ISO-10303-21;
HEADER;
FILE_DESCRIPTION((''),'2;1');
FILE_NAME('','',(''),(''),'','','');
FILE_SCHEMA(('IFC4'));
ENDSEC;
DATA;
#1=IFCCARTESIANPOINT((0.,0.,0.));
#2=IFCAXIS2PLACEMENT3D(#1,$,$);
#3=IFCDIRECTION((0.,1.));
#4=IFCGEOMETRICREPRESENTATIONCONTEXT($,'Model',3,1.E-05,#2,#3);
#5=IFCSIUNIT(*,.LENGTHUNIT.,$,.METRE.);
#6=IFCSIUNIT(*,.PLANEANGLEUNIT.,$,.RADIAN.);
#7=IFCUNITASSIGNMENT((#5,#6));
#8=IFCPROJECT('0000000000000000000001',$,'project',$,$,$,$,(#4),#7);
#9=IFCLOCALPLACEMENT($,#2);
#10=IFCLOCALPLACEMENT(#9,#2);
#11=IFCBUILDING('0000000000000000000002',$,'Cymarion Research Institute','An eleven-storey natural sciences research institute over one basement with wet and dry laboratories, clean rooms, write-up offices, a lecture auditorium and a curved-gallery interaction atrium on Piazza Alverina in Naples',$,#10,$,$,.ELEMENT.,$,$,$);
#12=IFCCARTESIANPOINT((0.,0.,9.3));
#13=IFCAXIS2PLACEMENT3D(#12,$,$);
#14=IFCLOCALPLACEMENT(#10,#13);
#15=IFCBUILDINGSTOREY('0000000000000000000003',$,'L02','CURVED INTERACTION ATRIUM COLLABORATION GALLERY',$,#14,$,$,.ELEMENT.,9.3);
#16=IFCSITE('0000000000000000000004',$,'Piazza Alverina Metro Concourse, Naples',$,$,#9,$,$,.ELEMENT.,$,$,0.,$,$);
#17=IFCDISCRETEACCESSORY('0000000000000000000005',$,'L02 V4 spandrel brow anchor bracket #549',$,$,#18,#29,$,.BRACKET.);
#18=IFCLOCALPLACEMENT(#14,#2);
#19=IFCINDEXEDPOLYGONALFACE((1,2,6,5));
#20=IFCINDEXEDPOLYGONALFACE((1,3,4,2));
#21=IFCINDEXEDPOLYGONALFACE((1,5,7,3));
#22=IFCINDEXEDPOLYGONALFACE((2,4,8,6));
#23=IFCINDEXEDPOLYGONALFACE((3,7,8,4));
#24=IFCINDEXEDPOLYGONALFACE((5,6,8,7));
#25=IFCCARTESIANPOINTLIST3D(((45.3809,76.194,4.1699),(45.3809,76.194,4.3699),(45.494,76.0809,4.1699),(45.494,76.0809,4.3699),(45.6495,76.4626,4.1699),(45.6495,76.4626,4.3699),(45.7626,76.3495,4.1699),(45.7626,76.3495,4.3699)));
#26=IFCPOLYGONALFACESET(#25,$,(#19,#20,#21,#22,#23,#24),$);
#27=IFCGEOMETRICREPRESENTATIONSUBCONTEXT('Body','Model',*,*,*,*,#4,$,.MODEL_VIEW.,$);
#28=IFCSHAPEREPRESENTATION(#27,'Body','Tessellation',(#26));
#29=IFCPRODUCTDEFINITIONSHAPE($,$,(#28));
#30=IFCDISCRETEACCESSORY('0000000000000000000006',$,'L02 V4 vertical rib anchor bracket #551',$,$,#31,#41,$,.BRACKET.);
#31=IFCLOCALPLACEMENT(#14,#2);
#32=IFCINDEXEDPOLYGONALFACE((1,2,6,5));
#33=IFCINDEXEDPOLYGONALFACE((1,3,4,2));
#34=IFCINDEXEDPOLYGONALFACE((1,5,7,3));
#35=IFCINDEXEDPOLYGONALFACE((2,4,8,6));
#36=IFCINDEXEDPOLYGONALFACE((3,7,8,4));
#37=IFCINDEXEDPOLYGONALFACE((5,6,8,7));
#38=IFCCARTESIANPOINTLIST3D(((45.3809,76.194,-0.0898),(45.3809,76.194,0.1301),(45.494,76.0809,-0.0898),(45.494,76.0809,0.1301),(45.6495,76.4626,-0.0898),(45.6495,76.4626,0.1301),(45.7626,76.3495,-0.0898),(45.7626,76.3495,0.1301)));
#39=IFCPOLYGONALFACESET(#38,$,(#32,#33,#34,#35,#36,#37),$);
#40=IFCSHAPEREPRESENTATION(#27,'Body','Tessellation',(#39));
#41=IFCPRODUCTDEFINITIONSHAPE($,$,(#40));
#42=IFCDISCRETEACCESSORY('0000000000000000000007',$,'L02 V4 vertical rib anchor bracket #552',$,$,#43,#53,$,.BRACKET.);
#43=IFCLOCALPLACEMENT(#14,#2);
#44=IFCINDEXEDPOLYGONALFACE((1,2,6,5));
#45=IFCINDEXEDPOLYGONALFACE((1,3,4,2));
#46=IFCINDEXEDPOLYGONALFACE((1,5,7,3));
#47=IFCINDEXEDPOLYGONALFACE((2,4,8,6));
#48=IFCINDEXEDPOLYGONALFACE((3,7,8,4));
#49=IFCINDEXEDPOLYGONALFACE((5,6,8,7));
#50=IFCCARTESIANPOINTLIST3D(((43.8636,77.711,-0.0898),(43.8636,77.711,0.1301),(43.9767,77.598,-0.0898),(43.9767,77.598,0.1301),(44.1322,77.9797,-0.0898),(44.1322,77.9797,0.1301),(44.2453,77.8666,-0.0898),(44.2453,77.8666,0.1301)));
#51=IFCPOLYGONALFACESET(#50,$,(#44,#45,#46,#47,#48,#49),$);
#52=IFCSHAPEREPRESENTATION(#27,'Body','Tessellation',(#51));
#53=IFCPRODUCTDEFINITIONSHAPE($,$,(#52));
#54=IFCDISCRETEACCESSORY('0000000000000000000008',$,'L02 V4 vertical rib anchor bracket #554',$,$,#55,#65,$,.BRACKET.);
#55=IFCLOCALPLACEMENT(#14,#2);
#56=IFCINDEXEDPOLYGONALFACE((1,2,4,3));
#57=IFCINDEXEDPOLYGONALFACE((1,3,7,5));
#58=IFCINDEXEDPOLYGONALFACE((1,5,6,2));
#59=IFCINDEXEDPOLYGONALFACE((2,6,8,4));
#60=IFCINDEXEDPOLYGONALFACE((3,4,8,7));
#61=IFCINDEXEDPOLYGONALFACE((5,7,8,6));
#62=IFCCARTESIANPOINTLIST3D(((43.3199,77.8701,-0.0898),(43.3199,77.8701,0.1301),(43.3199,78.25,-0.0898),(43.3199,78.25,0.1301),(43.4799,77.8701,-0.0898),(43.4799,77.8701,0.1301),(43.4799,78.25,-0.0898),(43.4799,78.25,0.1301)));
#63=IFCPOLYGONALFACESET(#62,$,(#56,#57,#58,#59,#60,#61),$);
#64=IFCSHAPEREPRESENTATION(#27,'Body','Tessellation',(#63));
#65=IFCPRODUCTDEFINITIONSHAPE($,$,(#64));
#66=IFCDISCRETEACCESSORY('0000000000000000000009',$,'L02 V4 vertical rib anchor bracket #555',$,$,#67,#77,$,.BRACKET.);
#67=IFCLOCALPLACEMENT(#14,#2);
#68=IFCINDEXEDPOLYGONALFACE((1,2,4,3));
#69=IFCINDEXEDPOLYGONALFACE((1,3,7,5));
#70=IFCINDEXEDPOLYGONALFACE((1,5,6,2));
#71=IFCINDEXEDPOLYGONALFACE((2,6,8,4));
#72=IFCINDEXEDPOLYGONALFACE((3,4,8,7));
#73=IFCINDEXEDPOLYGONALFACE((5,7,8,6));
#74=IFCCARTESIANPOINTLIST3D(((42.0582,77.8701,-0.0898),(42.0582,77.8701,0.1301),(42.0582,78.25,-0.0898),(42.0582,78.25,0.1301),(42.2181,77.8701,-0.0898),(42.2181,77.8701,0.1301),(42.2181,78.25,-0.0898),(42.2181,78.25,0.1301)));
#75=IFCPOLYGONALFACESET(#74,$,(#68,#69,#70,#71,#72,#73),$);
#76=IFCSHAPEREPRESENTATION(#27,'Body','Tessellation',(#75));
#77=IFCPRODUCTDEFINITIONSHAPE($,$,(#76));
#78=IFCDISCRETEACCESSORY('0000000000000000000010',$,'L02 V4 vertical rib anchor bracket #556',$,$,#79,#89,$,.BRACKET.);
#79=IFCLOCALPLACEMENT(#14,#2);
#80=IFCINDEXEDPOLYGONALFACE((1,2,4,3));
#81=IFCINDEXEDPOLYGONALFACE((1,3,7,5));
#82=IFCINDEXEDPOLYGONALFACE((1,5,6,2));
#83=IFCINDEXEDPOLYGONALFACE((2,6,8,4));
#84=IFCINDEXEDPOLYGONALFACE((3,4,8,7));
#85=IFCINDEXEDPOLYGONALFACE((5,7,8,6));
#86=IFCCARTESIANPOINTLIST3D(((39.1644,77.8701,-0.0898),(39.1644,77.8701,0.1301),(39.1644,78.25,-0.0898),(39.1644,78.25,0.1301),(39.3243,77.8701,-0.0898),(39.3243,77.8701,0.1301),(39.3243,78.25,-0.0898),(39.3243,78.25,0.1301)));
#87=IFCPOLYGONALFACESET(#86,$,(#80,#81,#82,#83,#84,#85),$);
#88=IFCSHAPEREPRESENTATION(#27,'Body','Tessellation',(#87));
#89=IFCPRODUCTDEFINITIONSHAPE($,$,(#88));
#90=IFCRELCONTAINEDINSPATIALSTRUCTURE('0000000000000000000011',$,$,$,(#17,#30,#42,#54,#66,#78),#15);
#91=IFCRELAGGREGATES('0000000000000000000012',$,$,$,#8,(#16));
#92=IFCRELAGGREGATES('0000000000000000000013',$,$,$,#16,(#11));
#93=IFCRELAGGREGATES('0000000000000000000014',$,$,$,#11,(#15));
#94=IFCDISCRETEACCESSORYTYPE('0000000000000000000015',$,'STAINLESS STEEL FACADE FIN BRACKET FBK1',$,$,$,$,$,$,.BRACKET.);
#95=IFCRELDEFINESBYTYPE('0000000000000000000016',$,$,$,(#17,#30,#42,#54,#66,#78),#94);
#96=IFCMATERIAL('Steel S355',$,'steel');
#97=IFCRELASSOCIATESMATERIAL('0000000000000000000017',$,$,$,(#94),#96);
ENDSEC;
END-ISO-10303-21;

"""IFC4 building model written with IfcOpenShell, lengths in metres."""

from ifc_helpers import new_model, si_unit, direction, frame, origin, origin_2d, place, context, subcontext, project, spatial, rectangle, extrude, material, type_object, element, save


model = new_model("IFC4")

# Units and contexts
model_context = context("Model", 3, precision=1e-05, world=origin(), true_north=direction((0.0, 1.0)))
body_context = subcontext(model_context, "Body", "Model", "MODEL_VIEW")
ifc_project = project(units=[si_unit("LENGTHUNIT", "METRE"), si_unit("PLANEANGLEUNIT", "RADIAN")], contexts=[model_context])

# Site, building, storey
site_placement = place(None, origin())
site = spatial("IfcSite", under=ifc_project, at=site_placement, Name="Piazza Alverina Metro Concourse, Naples", CompositionType="ELEMENT", RefElevation=0.0)
building_placement = place(site_placement, origin())
building = spatial("IfcBuilding", under=site, at=building_placement, Name="Cymarion Research Institute", Description="An eleven-storey natural sciences research institute over one basement with wet and dry laboratories, clean rooms, write-up offices, a lecture auditorium and a curved-gallery interaction atrium on Piazza Alverina in Naples", CompositionType="ELEMENT")
storey_placement = place(building_placement, frame((0.0, 0.0, 9.3)))
storey = spatial("IfcBuildingStorey", under=building, at=storey_placement, Name="L02", Description="CURVED INTERACTION ATRIUM COLLABORATION GALLERY", CompositionType="ELEMENT", Elevation=9.3)

# Shared definitions
ifc_material_1 = material(Name="Steel S355", Category="steel")

# Discrete accessories
discrete_accessory_type = type_object("IfcDiscreteAccessoryType", Name="STAINLESS STEEL FACADE FIN BRACKET FBK1", PredefinedType="BRACKET", material=ifc_material_1)
discrete_accessory_placement = place(storey_placement, frame((45.5718, 76.2717, 4.1699), z_axis=(0.0, 0.0, 1.0), x_axis=(0.707107, 0.707107, 0.0)))
element("IfcDiscreteAccessory", 1, at=discrete_accessory_placement, inside=storey, type_object=discrete_accessory_type, Name="L02 V4 spandrel brow anchor bracket #549", PredefinedType="BRACKET", context=body_context, shape_type="SweptSolid", body=[
    extrude(rectangle(XDim=0.3799, YDim=0.1599, at=origin_2d()), origin(), (0.0, 0.0, 1.0), 0.2),
])
for number, where, z_axis, x_axis, name in (
    (2, (45.5718, 76.2717, -0.0898), (0.0, 0.0, 1.0), (0.707107, 0.707107, 0.0), "L02 V4 vertical rib anchor bracket #551"),
    (3, (44.0544, 77.7888, -0.0898), (0.0, 0.0, 1.0), (0.707107, 0.707107, 0.0), "L02 V4 vertical rib anchor bracket #552"),
    (4, (43.3999, 78.0601, -0.0898), (0.0, 0.0, 1.0), (0.0, 1.0, 0.0), "L02 V4 vertical rib anchor bracket #554"),
    (5, (42.1382, 78.0601, -0.0898), (0.0, 0.0, 1.0), (0.0, 1.0, 0.0), "L02 V4 vertical rib anchor bracket #555"),
    (6, (39.2444, 78.0601, -0.0898), (0.0, 0.0, 1.0), (0.0, 1.0, 0.0), "L02 V4 vertical rib anchor bracket #556"),
):
    element("IfcDiscreteAccessory", number, at=place(storey_placement, frame(where, z_axis=z_axis, x_axis=x_axis)), inside=storey, type_object=discrete_accessory_type, Name=name, PredefinedType="BRACKET", context=body_context, shape_type="SweptSolid", body=[
        extrude(rectangle(XDim=0.3799, YDim=0.1599, at=origin_2d()), origin(), (0.0, 0.0, 1.0), 0.22),
    ])

save(model, "model.ifc")
